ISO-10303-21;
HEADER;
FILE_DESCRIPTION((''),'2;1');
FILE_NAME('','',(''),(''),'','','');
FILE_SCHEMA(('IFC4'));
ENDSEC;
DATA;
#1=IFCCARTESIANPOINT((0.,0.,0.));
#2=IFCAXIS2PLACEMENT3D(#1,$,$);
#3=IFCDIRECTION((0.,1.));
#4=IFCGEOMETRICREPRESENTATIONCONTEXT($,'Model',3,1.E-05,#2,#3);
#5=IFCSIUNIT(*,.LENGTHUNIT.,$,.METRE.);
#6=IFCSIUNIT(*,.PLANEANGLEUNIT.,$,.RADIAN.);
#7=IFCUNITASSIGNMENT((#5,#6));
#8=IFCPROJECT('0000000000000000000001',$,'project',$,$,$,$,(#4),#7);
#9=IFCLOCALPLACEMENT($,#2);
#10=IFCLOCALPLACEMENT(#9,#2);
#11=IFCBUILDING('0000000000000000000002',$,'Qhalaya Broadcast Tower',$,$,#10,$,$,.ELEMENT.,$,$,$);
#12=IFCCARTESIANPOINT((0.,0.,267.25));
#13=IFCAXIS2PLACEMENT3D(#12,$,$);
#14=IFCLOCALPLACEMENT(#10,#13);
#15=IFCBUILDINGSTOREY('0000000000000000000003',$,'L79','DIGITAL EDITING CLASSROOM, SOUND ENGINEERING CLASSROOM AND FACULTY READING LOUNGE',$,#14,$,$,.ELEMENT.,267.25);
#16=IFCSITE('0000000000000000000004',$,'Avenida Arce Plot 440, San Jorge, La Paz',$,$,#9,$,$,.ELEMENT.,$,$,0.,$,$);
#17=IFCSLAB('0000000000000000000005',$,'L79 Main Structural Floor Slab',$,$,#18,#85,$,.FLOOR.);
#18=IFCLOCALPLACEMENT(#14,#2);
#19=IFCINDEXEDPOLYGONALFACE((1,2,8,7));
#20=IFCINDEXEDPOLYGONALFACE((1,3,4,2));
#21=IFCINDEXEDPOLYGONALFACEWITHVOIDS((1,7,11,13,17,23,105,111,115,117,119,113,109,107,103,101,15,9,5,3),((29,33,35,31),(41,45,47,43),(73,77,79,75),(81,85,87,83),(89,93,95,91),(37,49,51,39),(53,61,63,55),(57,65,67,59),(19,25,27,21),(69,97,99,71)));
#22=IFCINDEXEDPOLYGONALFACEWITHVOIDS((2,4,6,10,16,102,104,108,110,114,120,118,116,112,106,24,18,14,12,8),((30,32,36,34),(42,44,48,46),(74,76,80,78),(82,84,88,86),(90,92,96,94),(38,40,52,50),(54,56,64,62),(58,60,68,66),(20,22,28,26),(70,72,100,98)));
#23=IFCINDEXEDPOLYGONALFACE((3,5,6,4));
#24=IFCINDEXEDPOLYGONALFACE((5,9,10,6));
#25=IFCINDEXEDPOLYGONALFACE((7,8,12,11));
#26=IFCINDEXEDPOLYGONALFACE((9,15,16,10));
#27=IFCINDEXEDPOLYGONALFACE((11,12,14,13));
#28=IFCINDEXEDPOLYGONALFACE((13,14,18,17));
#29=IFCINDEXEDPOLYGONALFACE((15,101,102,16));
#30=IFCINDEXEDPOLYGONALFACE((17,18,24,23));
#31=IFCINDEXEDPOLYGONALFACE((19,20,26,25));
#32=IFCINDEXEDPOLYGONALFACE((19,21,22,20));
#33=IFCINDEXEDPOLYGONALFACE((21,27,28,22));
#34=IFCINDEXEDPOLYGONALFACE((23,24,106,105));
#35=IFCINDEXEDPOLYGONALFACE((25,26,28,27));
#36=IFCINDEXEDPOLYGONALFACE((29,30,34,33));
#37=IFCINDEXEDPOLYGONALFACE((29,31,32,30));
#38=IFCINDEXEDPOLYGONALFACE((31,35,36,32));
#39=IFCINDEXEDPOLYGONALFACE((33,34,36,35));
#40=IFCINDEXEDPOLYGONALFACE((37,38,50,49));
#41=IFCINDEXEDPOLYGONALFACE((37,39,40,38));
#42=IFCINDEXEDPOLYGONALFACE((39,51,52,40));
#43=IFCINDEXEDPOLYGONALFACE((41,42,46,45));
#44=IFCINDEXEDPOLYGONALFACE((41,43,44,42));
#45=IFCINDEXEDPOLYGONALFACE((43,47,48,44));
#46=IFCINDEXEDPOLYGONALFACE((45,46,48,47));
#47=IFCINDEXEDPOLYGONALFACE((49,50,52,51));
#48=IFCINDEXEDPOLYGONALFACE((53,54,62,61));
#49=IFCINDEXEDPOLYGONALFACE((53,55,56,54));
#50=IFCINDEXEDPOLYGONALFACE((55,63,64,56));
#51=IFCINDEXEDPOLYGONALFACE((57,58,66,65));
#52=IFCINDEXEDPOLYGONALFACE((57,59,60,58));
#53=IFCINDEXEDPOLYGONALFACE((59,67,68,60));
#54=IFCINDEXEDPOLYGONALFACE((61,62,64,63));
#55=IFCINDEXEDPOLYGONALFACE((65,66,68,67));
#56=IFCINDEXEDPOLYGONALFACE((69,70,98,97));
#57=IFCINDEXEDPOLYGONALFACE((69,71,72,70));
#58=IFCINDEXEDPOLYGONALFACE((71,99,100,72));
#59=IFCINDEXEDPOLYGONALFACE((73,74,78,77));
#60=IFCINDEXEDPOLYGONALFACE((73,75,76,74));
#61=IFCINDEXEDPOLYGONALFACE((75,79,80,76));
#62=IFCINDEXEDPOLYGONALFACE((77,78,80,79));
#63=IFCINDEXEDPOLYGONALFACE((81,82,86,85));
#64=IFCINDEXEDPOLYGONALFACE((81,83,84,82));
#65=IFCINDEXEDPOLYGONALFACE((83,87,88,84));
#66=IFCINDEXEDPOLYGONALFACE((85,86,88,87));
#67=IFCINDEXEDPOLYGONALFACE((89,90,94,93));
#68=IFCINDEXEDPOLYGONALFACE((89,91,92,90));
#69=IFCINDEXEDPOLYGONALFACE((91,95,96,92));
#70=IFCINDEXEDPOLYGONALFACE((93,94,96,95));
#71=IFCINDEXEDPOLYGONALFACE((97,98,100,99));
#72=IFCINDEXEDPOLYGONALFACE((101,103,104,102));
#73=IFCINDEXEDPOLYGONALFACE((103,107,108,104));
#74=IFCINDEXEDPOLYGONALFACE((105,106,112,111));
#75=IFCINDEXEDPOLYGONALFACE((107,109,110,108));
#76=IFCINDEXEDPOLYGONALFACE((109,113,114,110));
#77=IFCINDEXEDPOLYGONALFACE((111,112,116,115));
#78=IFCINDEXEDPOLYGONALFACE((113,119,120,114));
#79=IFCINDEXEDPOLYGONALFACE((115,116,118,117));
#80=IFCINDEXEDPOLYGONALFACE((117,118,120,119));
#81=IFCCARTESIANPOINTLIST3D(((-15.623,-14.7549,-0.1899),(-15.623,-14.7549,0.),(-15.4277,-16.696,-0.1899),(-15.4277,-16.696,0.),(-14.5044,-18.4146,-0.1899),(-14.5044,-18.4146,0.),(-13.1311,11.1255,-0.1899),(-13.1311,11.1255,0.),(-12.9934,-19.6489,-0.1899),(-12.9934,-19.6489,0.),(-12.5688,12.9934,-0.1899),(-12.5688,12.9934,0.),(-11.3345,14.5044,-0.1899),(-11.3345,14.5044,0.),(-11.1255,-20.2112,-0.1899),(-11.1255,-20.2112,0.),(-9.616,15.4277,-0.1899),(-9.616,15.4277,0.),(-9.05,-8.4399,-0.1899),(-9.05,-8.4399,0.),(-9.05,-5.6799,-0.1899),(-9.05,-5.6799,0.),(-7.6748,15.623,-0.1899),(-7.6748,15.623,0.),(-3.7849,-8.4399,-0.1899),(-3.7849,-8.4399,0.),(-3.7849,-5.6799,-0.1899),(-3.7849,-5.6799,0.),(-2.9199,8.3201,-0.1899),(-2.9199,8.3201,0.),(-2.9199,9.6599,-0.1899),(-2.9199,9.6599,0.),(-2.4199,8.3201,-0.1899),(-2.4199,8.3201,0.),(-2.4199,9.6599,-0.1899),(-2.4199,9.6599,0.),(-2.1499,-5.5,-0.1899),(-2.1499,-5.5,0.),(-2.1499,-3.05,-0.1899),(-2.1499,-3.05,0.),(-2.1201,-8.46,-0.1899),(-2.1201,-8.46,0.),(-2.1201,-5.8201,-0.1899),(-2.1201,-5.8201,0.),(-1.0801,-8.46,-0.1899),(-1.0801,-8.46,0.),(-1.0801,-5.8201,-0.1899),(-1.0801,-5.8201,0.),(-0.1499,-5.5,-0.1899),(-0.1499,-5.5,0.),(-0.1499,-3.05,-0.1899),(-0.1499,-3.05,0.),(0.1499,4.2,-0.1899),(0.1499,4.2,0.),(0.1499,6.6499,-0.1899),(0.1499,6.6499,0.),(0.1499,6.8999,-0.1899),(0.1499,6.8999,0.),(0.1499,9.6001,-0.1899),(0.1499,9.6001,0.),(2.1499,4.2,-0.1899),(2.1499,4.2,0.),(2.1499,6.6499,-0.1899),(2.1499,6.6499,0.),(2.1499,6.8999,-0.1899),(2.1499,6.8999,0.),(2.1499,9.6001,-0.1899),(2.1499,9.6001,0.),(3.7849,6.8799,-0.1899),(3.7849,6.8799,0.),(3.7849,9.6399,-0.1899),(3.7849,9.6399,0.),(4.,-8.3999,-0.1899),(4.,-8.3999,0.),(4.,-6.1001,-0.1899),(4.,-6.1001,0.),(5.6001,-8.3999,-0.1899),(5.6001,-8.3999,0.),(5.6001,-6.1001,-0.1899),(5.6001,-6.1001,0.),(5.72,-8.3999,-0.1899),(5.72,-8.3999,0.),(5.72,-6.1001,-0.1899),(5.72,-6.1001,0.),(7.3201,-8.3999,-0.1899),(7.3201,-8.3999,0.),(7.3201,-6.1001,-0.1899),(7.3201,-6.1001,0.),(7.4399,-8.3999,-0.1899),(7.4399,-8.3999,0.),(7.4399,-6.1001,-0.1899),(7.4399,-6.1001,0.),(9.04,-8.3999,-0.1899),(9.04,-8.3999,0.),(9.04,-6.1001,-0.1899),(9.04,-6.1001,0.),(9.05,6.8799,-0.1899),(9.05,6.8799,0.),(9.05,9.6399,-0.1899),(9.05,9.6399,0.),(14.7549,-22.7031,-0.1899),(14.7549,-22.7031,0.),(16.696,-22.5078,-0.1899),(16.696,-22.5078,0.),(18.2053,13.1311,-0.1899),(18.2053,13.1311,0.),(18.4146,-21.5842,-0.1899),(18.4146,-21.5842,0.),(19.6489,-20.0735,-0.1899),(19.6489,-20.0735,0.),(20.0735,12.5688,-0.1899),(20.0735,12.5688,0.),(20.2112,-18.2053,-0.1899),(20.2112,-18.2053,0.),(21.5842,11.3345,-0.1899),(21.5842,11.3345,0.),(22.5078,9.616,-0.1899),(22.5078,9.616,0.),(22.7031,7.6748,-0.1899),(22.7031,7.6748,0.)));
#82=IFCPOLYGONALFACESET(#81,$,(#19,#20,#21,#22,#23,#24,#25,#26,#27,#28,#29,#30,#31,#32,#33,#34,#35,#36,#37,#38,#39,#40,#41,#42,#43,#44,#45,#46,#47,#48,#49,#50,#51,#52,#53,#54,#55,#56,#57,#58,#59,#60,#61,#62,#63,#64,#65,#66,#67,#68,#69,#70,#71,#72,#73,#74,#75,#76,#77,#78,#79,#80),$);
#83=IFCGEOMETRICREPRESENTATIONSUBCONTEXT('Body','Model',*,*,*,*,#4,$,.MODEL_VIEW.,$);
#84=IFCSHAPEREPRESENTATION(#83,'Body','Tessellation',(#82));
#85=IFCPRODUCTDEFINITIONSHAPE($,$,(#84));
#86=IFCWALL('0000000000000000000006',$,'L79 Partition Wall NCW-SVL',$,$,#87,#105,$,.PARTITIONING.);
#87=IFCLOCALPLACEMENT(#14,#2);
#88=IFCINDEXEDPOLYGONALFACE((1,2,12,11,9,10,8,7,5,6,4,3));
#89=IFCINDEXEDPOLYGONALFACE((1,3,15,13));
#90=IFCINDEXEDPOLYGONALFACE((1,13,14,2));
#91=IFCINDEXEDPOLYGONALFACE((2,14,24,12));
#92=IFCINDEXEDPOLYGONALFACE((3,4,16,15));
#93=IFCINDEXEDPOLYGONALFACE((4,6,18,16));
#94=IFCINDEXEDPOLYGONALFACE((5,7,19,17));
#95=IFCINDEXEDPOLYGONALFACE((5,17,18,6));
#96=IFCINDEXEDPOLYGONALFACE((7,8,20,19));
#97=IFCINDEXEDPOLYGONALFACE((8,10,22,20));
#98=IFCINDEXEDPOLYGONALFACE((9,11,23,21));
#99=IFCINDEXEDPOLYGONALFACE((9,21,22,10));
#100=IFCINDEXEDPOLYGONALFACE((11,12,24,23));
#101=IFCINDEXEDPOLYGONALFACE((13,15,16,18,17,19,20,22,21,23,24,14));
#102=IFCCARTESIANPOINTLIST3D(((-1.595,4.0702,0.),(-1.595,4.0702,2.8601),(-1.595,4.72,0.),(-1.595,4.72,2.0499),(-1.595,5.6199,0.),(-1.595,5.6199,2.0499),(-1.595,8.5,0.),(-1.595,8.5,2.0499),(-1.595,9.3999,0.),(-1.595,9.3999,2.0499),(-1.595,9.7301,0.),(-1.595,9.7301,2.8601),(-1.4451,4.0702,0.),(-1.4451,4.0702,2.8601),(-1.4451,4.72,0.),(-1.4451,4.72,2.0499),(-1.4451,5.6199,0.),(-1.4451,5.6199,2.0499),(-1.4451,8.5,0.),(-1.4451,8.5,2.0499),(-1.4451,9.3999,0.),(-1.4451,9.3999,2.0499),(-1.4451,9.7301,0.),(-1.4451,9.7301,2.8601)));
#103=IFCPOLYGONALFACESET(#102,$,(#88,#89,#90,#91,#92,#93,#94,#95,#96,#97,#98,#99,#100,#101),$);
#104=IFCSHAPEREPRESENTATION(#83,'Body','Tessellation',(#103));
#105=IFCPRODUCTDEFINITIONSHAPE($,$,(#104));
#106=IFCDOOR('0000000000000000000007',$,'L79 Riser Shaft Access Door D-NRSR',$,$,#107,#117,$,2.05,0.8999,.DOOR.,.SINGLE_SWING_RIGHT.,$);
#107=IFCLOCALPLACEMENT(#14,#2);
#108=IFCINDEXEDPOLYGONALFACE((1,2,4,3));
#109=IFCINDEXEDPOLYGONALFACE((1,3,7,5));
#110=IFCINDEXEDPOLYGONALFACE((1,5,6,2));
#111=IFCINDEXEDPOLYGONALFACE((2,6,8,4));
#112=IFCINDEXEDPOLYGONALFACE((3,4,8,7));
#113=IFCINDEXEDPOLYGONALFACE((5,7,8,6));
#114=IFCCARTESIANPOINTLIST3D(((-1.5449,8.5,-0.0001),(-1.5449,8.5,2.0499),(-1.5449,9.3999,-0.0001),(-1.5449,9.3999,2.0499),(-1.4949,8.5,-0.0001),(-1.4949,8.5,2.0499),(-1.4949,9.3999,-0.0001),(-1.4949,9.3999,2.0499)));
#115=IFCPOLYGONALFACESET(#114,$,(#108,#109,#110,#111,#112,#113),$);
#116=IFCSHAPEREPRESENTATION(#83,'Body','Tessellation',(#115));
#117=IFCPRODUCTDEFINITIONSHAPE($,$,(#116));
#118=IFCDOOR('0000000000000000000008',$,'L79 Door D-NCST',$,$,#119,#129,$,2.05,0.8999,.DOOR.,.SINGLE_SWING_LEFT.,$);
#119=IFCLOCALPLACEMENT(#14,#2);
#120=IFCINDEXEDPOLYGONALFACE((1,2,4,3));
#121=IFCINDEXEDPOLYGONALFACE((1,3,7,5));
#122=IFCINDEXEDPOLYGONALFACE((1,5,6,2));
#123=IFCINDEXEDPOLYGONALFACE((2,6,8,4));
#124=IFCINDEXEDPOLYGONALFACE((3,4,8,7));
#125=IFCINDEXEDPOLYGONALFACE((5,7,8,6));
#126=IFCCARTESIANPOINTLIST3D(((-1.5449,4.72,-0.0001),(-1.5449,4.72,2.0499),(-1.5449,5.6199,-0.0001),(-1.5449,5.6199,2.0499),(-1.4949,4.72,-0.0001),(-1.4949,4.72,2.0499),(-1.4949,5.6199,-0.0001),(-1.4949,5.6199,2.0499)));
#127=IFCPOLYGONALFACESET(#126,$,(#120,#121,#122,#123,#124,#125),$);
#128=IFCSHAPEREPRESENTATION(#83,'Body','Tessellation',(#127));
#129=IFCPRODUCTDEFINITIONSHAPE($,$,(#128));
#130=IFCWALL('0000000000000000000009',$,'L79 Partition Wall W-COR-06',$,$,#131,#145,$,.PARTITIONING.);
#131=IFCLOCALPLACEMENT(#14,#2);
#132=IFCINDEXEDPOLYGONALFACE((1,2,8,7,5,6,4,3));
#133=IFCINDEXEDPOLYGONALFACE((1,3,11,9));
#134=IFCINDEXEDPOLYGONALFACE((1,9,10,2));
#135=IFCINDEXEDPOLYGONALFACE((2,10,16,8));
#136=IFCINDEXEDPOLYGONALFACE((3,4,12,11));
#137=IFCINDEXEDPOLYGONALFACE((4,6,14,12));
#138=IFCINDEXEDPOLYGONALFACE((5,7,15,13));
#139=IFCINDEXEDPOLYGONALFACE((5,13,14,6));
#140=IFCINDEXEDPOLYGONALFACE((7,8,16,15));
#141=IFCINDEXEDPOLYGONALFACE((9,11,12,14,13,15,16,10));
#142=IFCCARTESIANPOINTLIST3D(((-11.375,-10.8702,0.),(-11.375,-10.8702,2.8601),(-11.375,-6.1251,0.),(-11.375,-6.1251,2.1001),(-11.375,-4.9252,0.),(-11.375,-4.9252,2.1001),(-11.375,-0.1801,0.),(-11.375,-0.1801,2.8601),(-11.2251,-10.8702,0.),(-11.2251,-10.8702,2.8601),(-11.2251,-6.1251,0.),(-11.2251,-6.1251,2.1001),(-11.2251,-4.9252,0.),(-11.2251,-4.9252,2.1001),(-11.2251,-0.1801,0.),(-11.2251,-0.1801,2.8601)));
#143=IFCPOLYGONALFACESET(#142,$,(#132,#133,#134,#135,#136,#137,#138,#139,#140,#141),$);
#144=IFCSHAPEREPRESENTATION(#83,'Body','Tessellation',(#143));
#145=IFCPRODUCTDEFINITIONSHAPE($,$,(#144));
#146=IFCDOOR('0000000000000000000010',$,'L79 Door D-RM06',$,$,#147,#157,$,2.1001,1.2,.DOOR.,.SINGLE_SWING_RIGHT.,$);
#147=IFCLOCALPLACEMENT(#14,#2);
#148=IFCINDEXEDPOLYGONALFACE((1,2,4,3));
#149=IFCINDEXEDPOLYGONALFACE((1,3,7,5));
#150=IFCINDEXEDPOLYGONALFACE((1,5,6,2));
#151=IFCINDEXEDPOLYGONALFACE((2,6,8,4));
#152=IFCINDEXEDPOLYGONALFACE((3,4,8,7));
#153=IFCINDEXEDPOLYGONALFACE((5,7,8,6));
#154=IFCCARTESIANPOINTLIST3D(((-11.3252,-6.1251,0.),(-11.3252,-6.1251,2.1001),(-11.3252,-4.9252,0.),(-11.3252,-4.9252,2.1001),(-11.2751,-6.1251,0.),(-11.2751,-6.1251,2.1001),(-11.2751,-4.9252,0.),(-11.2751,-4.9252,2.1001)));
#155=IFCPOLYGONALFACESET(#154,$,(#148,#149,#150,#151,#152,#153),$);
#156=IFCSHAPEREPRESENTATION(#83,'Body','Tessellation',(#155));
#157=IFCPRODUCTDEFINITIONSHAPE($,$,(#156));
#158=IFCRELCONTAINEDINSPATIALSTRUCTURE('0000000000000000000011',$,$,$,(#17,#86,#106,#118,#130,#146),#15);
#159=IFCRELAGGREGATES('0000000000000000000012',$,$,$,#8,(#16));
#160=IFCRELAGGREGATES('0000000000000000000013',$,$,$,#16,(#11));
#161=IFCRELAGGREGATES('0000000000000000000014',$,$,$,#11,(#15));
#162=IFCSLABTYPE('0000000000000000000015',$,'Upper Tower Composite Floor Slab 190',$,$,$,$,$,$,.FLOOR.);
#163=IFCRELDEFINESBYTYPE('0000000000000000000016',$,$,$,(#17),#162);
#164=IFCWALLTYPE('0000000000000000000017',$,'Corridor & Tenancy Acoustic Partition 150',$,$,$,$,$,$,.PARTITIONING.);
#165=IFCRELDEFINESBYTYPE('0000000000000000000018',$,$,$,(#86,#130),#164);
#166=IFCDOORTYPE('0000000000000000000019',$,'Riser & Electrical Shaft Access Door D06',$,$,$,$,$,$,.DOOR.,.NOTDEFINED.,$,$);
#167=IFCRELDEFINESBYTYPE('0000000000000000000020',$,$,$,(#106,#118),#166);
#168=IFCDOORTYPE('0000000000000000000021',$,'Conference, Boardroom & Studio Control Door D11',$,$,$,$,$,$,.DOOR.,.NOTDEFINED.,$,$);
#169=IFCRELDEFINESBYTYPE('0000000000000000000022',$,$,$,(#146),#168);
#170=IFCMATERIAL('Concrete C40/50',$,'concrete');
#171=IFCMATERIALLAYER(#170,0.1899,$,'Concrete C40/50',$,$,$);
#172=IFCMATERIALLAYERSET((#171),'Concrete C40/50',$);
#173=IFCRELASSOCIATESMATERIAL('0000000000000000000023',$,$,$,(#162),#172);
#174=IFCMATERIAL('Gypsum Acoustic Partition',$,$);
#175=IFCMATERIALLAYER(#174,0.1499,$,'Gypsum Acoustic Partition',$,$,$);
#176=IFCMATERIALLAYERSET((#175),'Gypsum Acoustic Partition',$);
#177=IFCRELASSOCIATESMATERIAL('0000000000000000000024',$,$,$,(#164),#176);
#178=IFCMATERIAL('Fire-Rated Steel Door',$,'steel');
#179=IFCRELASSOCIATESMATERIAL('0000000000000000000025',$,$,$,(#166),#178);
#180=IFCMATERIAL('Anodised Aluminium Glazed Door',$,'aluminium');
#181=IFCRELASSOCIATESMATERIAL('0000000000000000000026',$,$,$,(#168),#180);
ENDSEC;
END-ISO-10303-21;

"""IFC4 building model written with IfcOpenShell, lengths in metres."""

from ifc_helpers import new_model, si_unit, direction, frame, frame_2d, origin, place, context, subcontext, project, spatial, polyline, rectangle, outline, extrude, material, layer, layer_set, type_object, element, fill, save


model = new_model("IFC4")

# Units and contexts
model_context = context("Model", 3, precision=1e-05, world=origin(), true_north=direction((0.0, 1.0)))
body_context = subcontext(model_context, "Body", "Model", "MODEL_VIEW")
ifc_project = project(units=[si_unit("LENGTHUNIT", "METRE"), si_unit("PLANEANGLEUNIT", "RADIAN")], contexts=[model_context])

# Site, building, storey
site_placement = place(None, origin())
site = spatial("IfcSite", under=ifc_project, at=site_placement, Name="Avenida Arce Plot 440, San Jorge, La Paz", CompositionType="ELEMENT", RefElevation=0.0)
building_placement = place(site_placement, origin())
building = spatial("IfcBuilding", under=site, at=building_placement, Name="Qhalaya Broadcast Tower", CompositionType="ELEMENT")
storey_placement = place(building_placement, frame((0.0, 0.0, 267.25)))
storey = spatial("IfcBuildingStorey", under=building, at=storey_placement, Name="L79", Description="DIGITAL EDITING CLASSROOM, SOUND ENGINEERING CLASSROOM AND FACULTY READING LOUNGE", CompositionType="ELEMENT", Elevation=267.25)

# Shared definitions
ifc_material_1 = material(Name="Concrete C40/50", Category="concrete")

# Slab
ifc_layer_1 = layer(ifc_material_1, 0.1899, Name="Concrete C40/50")
ifc_layer_set_1 = layer_set([ifc_layer_1], Name="Concrete C40/50")
slab_type_1 = type_object("IfcSlabType", Name="Upper Tower Composite Floor Slab 190", PredefinedType="FLOOR", material=ifc_layer_set_1)
slab_1_placement = place(storey_placement, frame((0.0, 0.0, -0.1899)))
element("IfcSlab", 1, at=slab_1_placement, inside=storey, type_object=slab_type_1, Name="L79 Main Structural Floor Slab", PredefinedType="FLOOR", context=body_context, shape_type="SweptSolid", body=[
    extrude(outline(polyline([(14.7549, -22.7031), (16.696, -22.5078), (18.4146, -21.5842), (19.6489, -20.0735), (20.2112, -18.2053), (22.7031, 7.6748), (22.5078, 9.616), (21.5842, 11.3345), (20.0735, 12.5688), (18.2053, 13.1311), (-7.6748, 15.623), (-9.616, 15.4277), (-11.3345, 14.5044), (-12.5688, 12.9934), (-13.1311, 11.1255), (-15.623, -14.7549), (-15.4277, -16.696), (-14.5044, -18.4146), (-12.9934, -19.6489), (-11.1255, -20.2112), (14.7549, -22.7031)]), holes=[polyline([(3.7849, 9.6399), (9.05, 9.6399), (9.05, 6.8799), (3.7849, 6.8799), (3.7849, 9.6399)]), polyline([(-3.7849, -8.4399), (-9.05, -8.4399), (-9.05, -5.6799), (-3.7849, -5.6799), (-3.7849, -8.4399)]), polyline([(0.1499, 6.6499), (2.1499, 6.6499), (2.1499, 4.2), (0.1499, 4.2), (0.1499, 6.6499)]), polyline([(0.1499, 9.6001), (2.1499, 9.6001), (2.1499, 6.8999), (0.1499, 6.8999), (0.1499, 9.6001)]), polyline([(-2.1499, -3.05), (-0.1499, -3.05), (-0.1499, -5.5), (-2.1499, -5.5), (-2.1499, -3.05)]), polyline([(4.0, -6.1001), (5.6001, -6.1001), (5.6001, -8.3999), (4.0, -8.3999), (4.0, -6.1001)]), polyline([(5.72, -6.1001), (7.3201, -6.1001), (7.3201, -8.3999), (5.72, -8.3999), (5.72, -6.1001)]), polyline([(7.4399, -6.1001), (9.04, -6.1001), (9.04, -8.3999), (7.4399, -8.3999), (7.4399, -6.1001)]), polyline([(-2.9199, 9.6599), (-2.4199, 9.6599), (-2.4199, 8.3201), (-2.9199, 8.3201), (-2.9199, 9.6599)]), polyline([(-2.1201, -5.8201), (-1.0801, -5.8201), (-1.0801, -8.46), (-2.1201, -8.46), (-2.1201, -5.8201)])]), origin(), (0.0, 0.0, 1.0), 0.1899),
])

# Wall, openings, doors
ifc_material_2 = material(Name="Gypsum Acoustic Partition")
ifc_layer_2 = layer(ifc_material_2, 0.1499, Name="Gypsum Acoustic Partition")
ifc_layer_set_2 = layer_set([ifc_layer_2], Name="Gypsum Acoustic Partition")
wall_type_1 = type_object("IfcWallType", Name="Corridor & Tenancy Acoustic Partition 150", PredefinedType="PARTITIONING", material=ifc_layer_set_2)
wall_1_placement = place(storey_placement, frame((-1.52, 4.0701, 0.0), z_axis=(0.0, 0.0, 1.0), x_axis=(0.0, 1.0, 0.0)))
wall_1 = element("IfcWall", 2, at=wall_1_placement, inside=storey, type_object=wall_type_1, Name="L79 Partition Wall NCW-SVL", PredefinedType="PARTITIONING", context=body_context, shape_type="SweptSolid", body=[
    extrude(rectangle(XDim=5.6599, YDim=0.1499, at=frame_2d((2.8301, 0.0))), origin(), (0.0, 0.0, 1.0), 2.8601),
])
opening_1_placement = place(wall_1_placement, frame((4.4299, 0.0, 0.0)))
opening_1 = element("IfcOpeningElement", 3, at=opening_1_placement, cuts=wall_1, PredefinedType="OPENING", context=body_context, shape_type="SweptSolid", body=[
    extrude(rectangle(XDim=0.8999, YDim=2.05, at=frame_2d((0.45, 1.0249))), frame((0.0, 0.0869, 0.0), z_axis=(0.0, -1.0, 0.0), x_axis=(1.0, 0.0, 0.0)), (0.0, 0.0, 1.0), 0.1738),
])
opening_2_placement = place(wall_1_placement, frame((0.6499, 0.0, 0.0)))
opening_2 = element("IfcOpeningElement", 4, at=opening_2_placement, cuts=wall_1, PredefinedType="OPENING", context=body_context, shape_type="SweptSolid", body=[
    extrude(rectangle(XDim=0.8999, YDim=2.05, at=frame_2d((0.45, 1.0249))), frame((0.0, 0.0869, 0.0), z_axis=(0.0, -1.0, 0.0), x_axis=(1.0, 0.0, 0.0)), (0.0, 0.0, 1.0), 0.1738),
])
ifc_material_3 = material(Name="Fire-Rated Steel Door", Category="steel")
door_type_1 = type_object("IfcDoorType", Name="Riser & Electrical Shaft Access Door D06", OperationType="NOTDEFINED", PredefinedType="DOOR", material=ifc_material_3)
door_1_placement = place(opening_1_placement, origin())
door_1 = element("IfcDoor", 5, at=door_1_placement, inside=storey, type_object=door_type_1, Name="L79 Riser Shaft Access Door D-NRSR", OperationType="SINGLE_SWING_RIGHT", OverallHeight=2.05, OverallWidth=0.8999, PredefinedType="DOOR", context=body_context, shape_type="SweptSolid", body=[
    extrude(rectangle(XDim=0.8999, YDim=2.05, at=frame_2d((0.45, 1.0249))), frame((0.0, 0.0249, 0.0), z_axis=(0.0, -1.0, 0.0), x_axis=(1.0, 0.0, 0.0)), (0.0, 0.0, 1.0), 0.05),
])
fill(opening_1, door_1)
door_2_placement = place(opening_2_placement, origin())
door_2 = element("IfcDoor", 6, at=door_2_placement, inside=storey, type_object=door_type_1, Name="L79 Door D-NCST", OperationType="SINGLE_SWING_LEFT", OverallHeight=2.05, OverallWidth=0.8999, PredefinedType="DOOR", context=body_context, shape_type="SweptSolid", body=[
    extrude(rectangle(XDim=0.8999, YDim=2.05, at=frame_2d((0.45, 1.0249))), frame((0.0, 0.0249, 0.0), z_axis=(0.0, -1.0, 0.0), x_axis=(1.0, 0.0, 0.0)), (0.0, 0.0, 1.0), 0.05),
])
fill(opening_2, door_2)

# Wall, opening, door
wall_2_placement = place(storey_placement, frame((-11.3, -0.1799, 0.0), z_axis=(0.0, 0.0, 1.0), x_axis=(0.0, -1.0, 0.0)))
wall_2 = element("IfcWall", 7, at=wall_2_placement, inside=storey, type_object=wall_type_1, Name="L79 Partition Wall W-COR-06", PredefinedType="PARTITIONING", context=body_context, shape_type="SweptSolid", body=[
    extrude(rectangle(XDim=10.6902, YDim=0.1499, at=frame_2d((5.3452, 0.0))), origin(), (0.0, 0.0, 1.0), 2.8601),
])
opening_3_placement = place(wall_2_placement, frame((4.7451, 0.0, 0.0)))
opening_3 = element("IfcOpeningElement", 8, at=opening_3_placement, cuts=wall_2, PredefinedType="OPENING", context=body_context, shape_type="SweptSolid", body=[
    extrude(rectangle(XDim=1.2, YDim=2.1001, at=frame_2d((0.6001, 1.05))), frame((0.0, 0.0869, 0.0), z_axis=(0.0, -1.0, 0.0), x_axis=(1.0, 0.0, 0.0)), (0.0, 0.0, 1.0), 0.1738),
])
ifc_material_4 = material(Name="Anodised Aluminium Glazed Door", Category="aluminium")
door_type_2 = type_object("IfcDoorType", Name="Conference, Boardroom & Studio Control Door D11", OperationType="NOTDEFINED", PredefinedType="DOOR", material=ifc_material_4)
door_3_placement = place(opening_3_placement, origin())
door_3 = element("IfcDoor", 9, at=door_3_placement, inside=storey, type_object=door_type_2, Name="L79 Door D-RM06", OperationType="SINGLE_SWING_RIGHT", OverallHeight=2.1001, OverallWidth=1.2, PredefinedType="DOOR", context=body_context, shape_type="SweptSolid", body=[
    extrude(rectangle(XDim=1.2, YDim=2.1001, at=frame_2d((0.6001, 1.05))), frame((0.0, 0.0249, 0.0), z_axis=(0.0, -1.0, 0.0), x_axis=(1.0, 0.0, 0.0)), (0.0, 0.0, 1.0), 0.05),
])
fill(opening_3, door_3)

save(model, "model.ifc")
